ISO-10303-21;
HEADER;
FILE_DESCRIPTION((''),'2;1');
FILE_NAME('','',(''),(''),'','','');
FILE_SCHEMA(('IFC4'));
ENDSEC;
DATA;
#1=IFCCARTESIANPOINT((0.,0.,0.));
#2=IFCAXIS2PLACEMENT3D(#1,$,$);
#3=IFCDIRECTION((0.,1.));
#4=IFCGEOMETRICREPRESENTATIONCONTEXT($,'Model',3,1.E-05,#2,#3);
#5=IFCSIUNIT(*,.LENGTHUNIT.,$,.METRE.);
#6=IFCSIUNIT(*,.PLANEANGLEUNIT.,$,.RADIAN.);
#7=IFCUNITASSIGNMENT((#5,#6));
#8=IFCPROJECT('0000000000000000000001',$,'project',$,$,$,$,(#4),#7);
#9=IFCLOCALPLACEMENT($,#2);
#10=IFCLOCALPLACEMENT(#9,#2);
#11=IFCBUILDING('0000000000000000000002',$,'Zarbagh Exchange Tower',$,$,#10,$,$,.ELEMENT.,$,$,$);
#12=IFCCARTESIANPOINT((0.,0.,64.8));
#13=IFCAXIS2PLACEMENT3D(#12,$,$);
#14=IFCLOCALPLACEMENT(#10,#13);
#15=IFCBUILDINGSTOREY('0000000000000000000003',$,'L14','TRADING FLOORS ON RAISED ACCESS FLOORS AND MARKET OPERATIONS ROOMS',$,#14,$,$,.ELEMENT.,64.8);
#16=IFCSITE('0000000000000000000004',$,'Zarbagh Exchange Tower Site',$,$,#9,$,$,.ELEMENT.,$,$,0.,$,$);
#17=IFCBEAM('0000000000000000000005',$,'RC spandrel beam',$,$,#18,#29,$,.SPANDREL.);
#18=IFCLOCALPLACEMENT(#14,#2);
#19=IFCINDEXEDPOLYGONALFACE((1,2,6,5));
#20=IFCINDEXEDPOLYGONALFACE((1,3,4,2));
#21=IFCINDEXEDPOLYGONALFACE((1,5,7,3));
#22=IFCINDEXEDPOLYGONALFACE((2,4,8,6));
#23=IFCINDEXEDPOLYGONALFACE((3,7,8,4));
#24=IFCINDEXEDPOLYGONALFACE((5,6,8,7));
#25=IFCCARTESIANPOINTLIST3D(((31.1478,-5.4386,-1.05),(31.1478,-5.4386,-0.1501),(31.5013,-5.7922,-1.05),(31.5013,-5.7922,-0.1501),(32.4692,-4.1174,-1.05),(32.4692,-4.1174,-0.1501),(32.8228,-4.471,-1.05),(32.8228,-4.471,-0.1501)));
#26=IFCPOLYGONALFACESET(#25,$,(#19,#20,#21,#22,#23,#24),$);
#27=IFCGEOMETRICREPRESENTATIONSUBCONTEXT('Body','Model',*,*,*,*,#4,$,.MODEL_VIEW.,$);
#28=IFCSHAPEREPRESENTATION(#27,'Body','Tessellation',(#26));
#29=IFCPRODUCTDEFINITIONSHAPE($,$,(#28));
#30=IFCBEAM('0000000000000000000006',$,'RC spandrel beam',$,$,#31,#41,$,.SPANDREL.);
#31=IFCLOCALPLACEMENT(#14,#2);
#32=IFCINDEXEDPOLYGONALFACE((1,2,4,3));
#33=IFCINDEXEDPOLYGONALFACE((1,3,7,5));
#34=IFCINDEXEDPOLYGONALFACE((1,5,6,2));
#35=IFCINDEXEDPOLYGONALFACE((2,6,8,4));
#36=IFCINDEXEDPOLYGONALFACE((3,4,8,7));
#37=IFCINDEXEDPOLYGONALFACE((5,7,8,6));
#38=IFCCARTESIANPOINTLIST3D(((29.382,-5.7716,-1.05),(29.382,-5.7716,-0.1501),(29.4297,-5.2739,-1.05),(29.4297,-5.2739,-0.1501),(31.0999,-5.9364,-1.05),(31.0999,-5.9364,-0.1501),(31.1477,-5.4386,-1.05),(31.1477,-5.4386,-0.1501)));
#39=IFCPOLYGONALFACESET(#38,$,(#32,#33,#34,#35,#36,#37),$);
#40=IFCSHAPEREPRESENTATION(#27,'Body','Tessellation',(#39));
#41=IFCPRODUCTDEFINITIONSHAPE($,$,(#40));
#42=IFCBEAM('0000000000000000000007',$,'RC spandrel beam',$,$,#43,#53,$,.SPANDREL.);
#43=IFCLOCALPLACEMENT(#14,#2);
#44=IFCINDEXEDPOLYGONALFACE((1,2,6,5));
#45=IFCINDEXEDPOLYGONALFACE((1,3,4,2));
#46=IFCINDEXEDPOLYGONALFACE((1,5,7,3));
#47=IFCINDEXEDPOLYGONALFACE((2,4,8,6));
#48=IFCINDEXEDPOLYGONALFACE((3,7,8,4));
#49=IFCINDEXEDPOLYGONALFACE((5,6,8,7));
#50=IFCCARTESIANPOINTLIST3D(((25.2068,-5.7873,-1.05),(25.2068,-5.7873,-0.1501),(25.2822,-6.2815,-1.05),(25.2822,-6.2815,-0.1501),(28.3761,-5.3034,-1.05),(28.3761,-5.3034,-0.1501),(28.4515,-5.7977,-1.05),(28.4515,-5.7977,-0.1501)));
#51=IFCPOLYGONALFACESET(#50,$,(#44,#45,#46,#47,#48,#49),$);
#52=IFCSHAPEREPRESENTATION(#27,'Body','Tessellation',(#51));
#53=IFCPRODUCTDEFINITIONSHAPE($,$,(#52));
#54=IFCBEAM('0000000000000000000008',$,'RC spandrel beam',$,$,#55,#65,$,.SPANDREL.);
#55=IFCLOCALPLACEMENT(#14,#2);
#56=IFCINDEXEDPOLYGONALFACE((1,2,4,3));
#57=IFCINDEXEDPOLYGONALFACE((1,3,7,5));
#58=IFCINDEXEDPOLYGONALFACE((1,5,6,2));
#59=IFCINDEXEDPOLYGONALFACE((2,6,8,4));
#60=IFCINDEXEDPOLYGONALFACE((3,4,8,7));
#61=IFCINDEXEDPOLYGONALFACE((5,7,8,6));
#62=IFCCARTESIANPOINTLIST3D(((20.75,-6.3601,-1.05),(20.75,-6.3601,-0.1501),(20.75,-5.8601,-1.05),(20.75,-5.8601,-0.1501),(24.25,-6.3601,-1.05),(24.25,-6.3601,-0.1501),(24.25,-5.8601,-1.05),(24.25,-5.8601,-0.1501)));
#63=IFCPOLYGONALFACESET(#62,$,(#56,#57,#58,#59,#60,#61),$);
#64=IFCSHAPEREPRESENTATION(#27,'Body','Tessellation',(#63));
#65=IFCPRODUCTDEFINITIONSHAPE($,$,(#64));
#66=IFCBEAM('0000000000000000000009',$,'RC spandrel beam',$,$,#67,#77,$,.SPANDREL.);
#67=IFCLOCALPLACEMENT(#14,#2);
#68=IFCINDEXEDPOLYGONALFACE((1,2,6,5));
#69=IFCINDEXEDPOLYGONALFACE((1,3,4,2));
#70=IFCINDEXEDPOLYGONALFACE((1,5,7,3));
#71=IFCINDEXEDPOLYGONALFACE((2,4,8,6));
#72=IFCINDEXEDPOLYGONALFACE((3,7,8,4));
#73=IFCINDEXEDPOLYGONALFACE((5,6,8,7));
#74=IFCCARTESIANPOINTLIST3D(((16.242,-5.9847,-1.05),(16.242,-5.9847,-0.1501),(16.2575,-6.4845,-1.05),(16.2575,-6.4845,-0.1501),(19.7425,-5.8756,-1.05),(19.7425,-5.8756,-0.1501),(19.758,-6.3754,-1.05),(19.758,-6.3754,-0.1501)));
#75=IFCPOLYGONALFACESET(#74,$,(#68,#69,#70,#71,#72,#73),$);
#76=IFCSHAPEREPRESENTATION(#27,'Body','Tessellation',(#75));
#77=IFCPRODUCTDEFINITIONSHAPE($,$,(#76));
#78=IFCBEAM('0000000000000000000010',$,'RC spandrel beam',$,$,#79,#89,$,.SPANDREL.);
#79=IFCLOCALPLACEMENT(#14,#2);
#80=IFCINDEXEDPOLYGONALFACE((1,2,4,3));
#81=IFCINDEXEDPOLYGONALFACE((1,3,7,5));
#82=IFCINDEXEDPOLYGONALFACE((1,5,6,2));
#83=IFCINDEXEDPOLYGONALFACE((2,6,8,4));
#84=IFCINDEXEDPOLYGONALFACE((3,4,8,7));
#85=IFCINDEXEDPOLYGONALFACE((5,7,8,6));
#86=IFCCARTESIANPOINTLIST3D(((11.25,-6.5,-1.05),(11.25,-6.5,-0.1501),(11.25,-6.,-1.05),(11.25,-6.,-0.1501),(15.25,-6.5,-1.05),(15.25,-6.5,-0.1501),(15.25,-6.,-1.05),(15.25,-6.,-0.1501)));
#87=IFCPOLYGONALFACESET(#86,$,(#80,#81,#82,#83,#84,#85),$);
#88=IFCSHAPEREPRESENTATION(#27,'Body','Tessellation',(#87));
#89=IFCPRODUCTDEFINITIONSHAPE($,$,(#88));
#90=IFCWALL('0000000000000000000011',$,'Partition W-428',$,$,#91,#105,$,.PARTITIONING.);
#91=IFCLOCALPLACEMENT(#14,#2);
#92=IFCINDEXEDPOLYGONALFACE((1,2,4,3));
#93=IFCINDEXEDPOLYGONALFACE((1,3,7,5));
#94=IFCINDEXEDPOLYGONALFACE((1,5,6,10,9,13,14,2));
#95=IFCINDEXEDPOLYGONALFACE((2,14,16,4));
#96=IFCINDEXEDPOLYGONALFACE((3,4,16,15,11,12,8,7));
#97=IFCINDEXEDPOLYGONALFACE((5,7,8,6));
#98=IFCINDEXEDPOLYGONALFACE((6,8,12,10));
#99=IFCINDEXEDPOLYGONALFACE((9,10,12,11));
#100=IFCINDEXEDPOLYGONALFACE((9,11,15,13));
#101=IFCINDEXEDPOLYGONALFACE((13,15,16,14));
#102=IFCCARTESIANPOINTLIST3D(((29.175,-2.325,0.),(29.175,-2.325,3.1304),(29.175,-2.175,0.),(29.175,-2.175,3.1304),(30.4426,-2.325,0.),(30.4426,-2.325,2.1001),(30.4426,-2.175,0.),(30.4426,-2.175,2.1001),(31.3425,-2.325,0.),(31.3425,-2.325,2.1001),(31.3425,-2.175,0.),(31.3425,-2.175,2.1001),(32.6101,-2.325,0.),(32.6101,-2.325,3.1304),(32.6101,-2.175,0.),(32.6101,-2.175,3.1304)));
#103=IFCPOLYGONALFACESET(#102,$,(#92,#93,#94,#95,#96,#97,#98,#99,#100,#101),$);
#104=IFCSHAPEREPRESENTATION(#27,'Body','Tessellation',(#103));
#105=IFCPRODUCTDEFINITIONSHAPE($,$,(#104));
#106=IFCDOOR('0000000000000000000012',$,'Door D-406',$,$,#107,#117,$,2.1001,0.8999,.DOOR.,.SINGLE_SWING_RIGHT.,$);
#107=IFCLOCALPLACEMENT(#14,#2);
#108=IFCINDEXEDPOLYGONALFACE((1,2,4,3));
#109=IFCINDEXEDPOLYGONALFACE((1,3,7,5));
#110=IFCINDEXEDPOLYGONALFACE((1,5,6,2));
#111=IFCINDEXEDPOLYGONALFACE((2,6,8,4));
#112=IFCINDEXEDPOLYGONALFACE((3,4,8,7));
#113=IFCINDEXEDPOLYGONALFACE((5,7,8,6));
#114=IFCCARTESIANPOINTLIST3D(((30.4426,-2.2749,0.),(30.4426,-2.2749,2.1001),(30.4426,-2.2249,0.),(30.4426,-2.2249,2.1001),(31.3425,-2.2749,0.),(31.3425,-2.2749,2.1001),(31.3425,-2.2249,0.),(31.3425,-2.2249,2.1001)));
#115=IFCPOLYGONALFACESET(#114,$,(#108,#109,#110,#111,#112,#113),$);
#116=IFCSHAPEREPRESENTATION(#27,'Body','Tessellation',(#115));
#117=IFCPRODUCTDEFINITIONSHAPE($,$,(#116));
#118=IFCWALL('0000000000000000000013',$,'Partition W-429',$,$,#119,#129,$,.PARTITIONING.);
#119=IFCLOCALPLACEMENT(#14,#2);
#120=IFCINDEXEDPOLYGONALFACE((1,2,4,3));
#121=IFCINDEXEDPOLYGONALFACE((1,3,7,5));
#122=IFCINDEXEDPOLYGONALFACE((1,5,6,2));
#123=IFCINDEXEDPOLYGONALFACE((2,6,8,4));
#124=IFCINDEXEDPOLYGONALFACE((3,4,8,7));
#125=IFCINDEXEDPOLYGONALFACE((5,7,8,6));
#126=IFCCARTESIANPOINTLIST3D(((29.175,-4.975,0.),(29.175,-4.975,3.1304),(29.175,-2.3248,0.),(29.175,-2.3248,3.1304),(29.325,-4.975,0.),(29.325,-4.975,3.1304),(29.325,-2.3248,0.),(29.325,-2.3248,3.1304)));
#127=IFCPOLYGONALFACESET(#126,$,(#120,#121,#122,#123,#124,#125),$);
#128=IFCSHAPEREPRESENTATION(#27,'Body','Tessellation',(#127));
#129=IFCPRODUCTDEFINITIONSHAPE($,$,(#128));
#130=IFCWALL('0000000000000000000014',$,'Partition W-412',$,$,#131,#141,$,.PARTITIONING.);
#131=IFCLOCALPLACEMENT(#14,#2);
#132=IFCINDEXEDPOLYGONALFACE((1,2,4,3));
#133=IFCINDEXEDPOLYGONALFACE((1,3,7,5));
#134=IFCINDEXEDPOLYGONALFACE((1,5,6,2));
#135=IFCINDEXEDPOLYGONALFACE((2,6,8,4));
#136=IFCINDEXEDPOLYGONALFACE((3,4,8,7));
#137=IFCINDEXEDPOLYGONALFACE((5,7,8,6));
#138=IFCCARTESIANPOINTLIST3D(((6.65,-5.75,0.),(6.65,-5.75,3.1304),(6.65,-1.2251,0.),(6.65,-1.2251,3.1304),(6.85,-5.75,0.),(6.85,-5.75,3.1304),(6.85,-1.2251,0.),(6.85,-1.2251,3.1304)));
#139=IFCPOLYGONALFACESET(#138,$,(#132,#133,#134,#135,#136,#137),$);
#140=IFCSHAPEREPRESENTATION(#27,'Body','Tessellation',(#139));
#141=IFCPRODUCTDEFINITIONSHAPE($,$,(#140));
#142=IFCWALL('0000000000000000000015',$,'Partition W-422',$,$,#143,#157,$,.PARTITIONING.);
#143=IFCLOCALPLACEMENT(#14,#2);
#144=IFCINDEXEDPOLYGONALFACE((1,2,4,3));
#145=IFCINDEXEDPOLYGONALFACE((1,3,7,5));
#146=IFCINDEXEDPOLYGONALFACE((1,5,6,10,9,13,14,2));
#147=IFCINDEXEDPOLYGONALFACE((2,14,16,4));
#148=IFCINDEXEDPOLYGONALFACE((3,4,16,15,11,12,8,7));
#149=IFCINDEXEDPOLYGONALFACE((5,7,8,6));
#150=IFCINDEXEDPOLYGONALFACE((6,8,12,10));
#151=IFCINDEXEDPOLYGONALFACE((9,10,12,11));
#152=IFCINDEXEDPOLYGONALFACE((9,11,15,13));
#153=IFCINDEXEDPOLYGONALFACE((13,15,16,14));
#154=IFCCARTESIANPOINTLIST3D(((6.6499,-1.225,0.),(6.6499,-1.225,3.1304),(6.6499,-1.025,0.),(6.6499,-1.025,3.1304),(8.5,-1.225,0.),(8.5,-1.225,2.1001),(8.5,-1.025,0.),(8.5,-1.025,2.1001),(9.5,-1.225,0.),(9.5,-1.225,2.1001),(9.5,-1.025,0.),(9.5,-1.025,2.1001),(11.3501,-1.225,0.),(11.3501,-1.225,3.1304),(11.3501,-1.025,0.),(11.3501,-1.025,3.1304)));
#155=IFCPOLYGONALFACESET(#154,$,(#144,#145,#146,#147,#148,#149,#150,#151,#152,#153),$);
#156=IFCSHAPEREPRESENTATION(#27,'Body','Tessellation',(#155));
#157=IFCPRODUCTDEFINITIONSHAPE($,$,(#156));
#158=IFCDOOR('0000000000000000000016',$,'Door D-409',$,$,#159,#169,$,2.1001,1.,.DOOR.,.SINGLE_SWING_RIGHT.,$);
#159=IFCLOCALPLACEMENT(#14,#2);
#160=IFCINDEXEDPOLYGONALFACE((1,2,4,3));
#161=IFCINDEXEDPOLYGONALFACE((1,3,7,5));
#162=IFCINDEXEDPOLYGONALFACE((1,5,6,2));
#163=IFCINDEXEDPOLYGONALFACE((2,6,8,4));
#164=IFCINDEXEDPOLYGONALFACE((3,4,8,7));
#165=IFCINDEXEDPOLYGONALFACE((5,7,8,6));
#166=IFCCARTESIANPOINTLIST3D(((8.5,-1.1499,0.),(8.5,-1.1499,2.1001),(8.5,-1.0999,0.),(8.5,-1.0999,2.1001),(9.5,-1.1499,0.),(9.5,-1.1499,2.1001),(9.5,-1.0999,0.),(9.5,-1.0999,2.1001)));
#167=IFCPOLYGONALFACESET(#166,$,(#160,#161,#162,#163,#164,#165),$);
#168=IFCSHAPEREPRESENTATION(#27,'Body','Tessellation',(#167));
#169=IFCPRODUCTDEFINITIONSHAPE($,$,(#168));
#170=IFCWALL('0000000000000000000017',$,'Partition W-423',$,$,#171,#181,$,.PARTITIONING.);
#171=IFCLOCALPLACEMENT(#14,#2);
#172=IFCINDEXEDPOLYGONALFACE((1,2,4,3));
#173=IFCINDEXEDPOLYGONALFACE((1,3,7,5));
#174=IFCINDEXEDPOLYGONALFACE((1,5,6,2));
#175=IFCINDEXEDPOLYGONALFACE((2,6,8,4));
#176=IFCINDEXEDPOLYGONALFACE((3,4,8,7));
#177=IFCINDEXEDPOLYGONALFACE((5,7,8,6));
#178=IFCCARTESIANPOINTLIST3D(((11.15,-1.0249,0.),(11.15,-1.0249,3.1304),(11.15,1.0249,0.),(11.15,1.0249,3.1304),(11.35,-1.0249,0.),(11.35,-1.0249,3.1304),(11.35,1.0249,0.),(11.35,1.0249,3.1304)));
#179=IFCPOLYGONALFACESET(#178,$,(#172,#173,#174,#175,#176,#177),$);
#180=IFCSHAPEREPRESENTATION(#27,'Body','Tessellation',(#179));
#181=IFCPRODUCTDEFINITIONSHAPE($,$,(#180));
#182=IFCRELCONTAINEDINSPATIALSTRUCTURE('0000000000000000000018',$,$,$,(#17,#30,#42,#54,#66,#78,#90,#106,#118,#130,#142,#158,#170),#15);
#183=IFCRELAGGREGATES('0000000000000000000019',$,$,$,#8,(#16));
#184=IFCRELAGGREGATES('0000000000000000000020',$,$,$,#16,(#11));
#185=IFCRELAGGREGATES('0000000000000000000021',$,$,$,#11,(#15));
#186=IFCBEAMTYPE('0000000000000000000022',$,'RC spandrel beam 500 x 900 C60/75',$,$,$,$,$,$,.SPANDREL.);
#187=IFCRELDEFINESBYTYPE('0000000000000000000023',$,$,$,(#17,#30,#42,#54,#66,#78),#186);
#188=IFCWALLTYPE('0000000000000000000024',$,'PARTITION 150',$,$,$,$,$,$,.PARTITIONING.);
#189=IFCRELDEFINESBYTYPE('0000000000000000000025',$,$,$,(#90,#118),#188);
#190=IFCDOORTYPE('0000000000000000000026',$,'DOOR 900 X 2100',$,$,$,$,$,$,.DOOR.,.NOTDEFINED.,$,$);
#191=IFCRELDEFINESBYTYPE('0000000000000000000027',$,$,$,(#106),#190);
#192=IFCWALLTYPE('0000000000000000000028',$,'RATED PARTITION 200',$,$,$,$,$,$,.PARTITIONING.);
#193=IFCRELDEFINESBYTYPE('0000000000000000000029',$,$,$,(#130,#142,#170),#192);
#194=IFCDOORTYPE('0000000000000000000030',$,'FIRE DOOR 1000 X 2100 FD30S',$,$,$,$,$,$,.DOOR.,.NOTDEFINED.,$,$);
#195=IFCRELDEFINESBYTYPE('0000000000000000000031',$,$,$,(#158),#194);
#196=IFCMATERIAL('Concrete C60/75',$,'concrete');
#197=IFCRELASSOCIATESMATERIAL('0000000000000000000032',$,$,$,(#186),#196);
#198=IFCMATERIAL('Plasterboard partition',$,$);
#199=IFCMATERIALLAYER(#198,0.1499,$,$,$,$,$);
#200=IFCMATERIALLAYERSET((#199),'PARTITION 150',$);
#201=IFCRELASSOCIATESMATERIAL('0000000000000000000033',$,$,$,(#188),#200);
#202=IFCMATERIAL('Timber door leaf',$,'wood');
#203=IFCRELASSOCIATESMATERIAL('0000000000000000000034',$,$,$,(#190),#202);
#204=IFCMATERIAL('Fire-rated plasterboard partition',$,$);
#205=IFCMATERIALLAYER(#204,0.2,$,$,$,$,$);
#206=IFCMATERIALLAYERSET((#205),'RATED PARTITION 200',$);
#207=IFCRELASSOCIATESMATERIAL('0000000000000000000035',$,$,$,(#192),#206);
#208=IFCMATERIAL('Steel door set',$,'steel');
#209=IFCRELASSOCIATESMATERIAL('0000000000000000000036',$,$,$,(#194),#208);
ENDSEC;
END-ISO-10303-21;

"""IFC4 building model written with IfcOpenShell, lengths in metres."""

from ifc_helpers import new_model, si_unit, direction, frame, frame_2d, origin, origin_2d, place, context, subcontext, project, spatial, rectangle, extrude, material, layer, layer_set, material_profile, profile_set, type_object, element, fill, save


model = new_model("IFC4")

# Units and contexts
model_context = context("Model", 3, precision=1e-05, world=origin(), true_north=direction((0.0, 1.0)))
body_context = subcontext(model_context, "Body", "Model", "MODEL_VIEW")
ifc_project = project(units=[si_unit("LENGTHUNIT", "METRE"), si_unit("PLANEANGLEUNIT", "RADIAN")], contexts=[model_context])

# Site, building, storey
site_placement = place(None, origin())
site = spatial("IfcSite", under=ifc_project, at=site_placement, Name="Zarbagh Exchange Tower Site", CompositionType="ELEMENT", RefElevation=0.0)
building_placement = place(site_placement, origin())
building = spatial("IfcBuilding", under=site, at=building_placement, Name="Zarbagh Exchange Tower", CompositionType="ELEMENT")
storey_placement = place(building_placement, frame((0.0, 0.0, 64.8)))
storey = spatial("IfcBuildingStorey", under=building, at=storey_placement, Name="L14", Description="TRADING FLOORS ON RAISED ACCESS FLOORS AND MARKET OPERATIONS ROOMS", CompositionType="ELEMENT", Elevation=64.8)

# Shared definitions
ifc_material_1 = material(Name="Concrete C60/75", Category="concrete")

# Beams
ifc_material_profile_1 = material_profile(ifc_material_1, rectangle(XDim=0.5, YDim=0.8999, at=origin_2d()), Name="RC spandrel beam 500 x 900 C60/75")
ifc_profile_set_1 = profile_set([ifc_material_profile_1], Name="Concrete C60/75")
beam_type_1 = type_object("IfcBeamType", Name="RC spandrel beam 500 x 900 C60/75", PredefinedType="SPANDREL", material=ifc_profile_set_1)
beam_1_placement = place(storey_placement, frame((32.646, -4.2942, -0.6001), z_axis=(-0.707172, -0.707041, 0.0), x_axis=(0.707041, -0.707172, 0.0)))
element("IfcBeam", 1, at=beam_1_placement, inside=storey, type_object=beam_type_1, Name="RC spandrel beam", PredefinedType="SPANDREL", context=body_context, shape_type="SweptSolid", body=[
    extrude(rectangle(XDim=0.5, YDim=0.8999, at=origin_2d()), origin(), (0.0, 0.0, 1.0), 1.8687),
])
beam_2_placement = place(storey_placement, frame((31.1238, -5.6875, -0.6001), z_axis=(-0.995431, 0.095483, 0.0), x_axis=(-0.095483, -0.995431, 0.0)))
element("IfcBeam", 2, at=beam_2_placement, inside=storey, type_object=beam_type_1, Name="RC spandrel beam", PredefinedType="SPANDREL", context=body_context, shape_type="SweptSolid", body=[
    extrude(rectangle(XDim=0.5, YDim=0.8999, at=origin_2d()), origin(), (0.0, 0.0, 1.0), 1.7258),
])
beam_3_placement = place(storey_placement, frame((28.4138, -5.5505, -0.6001), z_axis=(-0.988545, -0.150924, 0.0), x_axis=(0.150924, -0.988545, 0.0)))
element("IfcBeam", 3, at=beam_3_placement, inside=storey, type_object=beam_type_1, Name="RC spandrel beam", PredefinedType="SPANDREL", context=body_context, shape_type="SweptSolid", body=[
    extrude(rectangle(XDim=0.5, YDim=0.8999, at=origin_2d()), origin(), (0.0, 0.0, 1.0), 3.2061),
])
beam_4_placement = place(storey_placement, frame((24.25, -6.1101, -0.6001), z_axis=(-1.0, 0.0, 0.0), x_axis=(0.0, -1.0, 0.0)))
element("IfcBeam", 4, at=beam_4_placement, inside=storey, type_object=beam_type_1, Name="RC spandrel beam", PredefinedType="SPANDREL", context=body_context, shape_type="SweptSolid", body=[
    extrude(rectangle(XDim=0.5, YDim=0.8999, at=origin_2d()), origin(), (0.0, 0.0, 1.0), 3.5),
])
beam_5_placement = place(storey_placement, frame((19.7502, -6.1255, -0.6001), z_axis=(-0.999514, -0.031161, 0.0), x_axis=(0.031161, -0.999514, 0.0)))
element("IfcBeam", 5, at=beam_5_placement, inside=storey, type_object=beam_type_1, Name="RC spandrel beam", PredefinedType="SPANDREL", context=body_context, shape_type="SweptSolid", body=[
    extrude(rectangle(XDim=0.5, YDim=0.8999, at=origin_2d()), origin(), (0.0, 0.0, 1.0), 3.5022),
])
beam_6_placement = place(storey_placement, frame((15.25, -6.25, -0.6001), z_axis=(-1.0, 0.0, 0.0), x_axis=(0.0, -1.0, 0.0)))
element("IfcBeam", 6, at=beam_6_placement, inside=storey, type_object=beam_type_1, Name="RC spandrel beam", PredefinedType="SPANDREL", context=body_context, shape_type="SweptSolid", body=[
    extrude(rectangle(XDim=0.5, YDim=0.8999, at=origin_2d()), origin(), (0.0, 0.0, 1.0), 4.0),
])

# Wall, opening, door
ifc_material_2 = material(Name="Plasterboard partition")
ifc_layer_1 = layer(ifc_material_2, 0.1499)
ifc_layer_set_1 = layer_set([ifc_layer_1], Name="PARTITION 150")
wall_type_1 = type_object("IfcWallType", Name="PARTITION 150", PredefinedType="PARTITIONING", material=ifc_layer_set_1)
wall_1_placement = place(storey_placement, frame((32.6101, -2.25, 0.0), z_axis=(0.0, 0.0, 1.0), x_axis=(-1.0, 0.0, 0.0)))
wall_1 = element("IfcWall", 7, at=wall_1_placement, inside=storey, type_object=wall_type_1, Name="Partition W-428", PredefinedType="PARTITIONING", context=body_context, shape_type="SweptSolid", body=[
    extrude(rectangle(XDim=3.4351, YDim=0.1499, at=frame_2d((1.7175, 0.0))), origin(), (0.0, 0.0, 1.0), 3.1304),
])
opening_1_placement = place(wall_1_placement, frame((1.2676, 0.0, 0.0)))
opening_1 = element("IfcOpeningElement", 8, at=opening_1_placement, cuts=wall_1, PredefinedType="OPENING", context=body_context, shape_type="SweptSolid", body=[
    extrude(rectangle(XDim=0.8999, YDim=2.1001, at=frame_2d((0.45, 1.05))), frame((0.0, 0.085, 0.0), z_axis=(0.0, -1.0, 0.0), x_axis=(1.0, 0.0, 0.0)), (0.0, 0.0, 1.0), 0.1699),
])
ifc_material_3 = material(Name="Timber door leaf", Category="wood")
door_type_1 = type_object("IfcDoorType", Name="DOOR 900 X 2100", OperationType="NOTDEFINED", PredefinedType="DOOR", material=ifc_material_3)
door_1_placement = place(opening_1_placement, origin())
door_1 = element("IfcDoor", 9, at=door_1_placement, inside=storey, type_object=door_type_1, Name="Door D-406", OperationType="SINGLE_SWING_RIGHT", OverallHeight=2.1001, OverallWidth=0.8999, PredefinedType="DOOR", context=body_context, shape_type="SweptSolid", body=[
    extrude(rectangle(XDim=0.8999, YDim=2.1001, at=frame_2d((0.45, 1.05))), frame((0.0, 0.0249, 0.0), z_axis=(0.0, -1.0, 0.0), x_axis=(1.0, 0.0, 0.0)), (0.0, 0.0, 1.0), 0.05),
])
fill(opening_1, door_1)

# Walls
wall_2_placement = place(storey_placement, frame((29.25, -4.9751, 0.0), z_axis=(0.0, 0.0, 1.0), x_axis=(0.0, 1.0, 0.0)))
element("IfcWall", 10, at=wall_2_placement, inside=storey, type_object=wall_type_1, Name="Partition W-429", PredefinedType="PARTITIONING", context=body_context, shape_type="SweptSolid", body=[
    extrude(rectangle(XDim=2.6501, YDim=0.1499, at=frame_2d((1.3252, 0.0))), origin(), (0.0, 0.0, 1.0), 3.1304),
])
ifc_material_4 = material(Name="Fire-rated plasterboard partition")
ifc_layer_2 = layer(ifc_material_4, 0.2)
ifc_layer_set_2 = layer_set([ifc_layer_2], Name="RATED PARTITION 200")
wall_type_2 = type_object("IfcWallType", Name="RATED PARTITION 200", PredefinedType="PARTITIONING", material=ifc_layer_set_2)
wall_3_placement = place(storey_placement, frame((6.75, -5.75, 0.0), z_axis=(0.0, 0.0, 1.0), x_axis=(0.0, 1.0, 0.0)))
element("IfcWall", 11, at=wall_3_placement, inside=storey, type_object=wall_type_2, Name="Partition W-412", PredefinedType="PARTITIONING", context=body_context, shape_type="SweptSolid", body=[
    extrude(rectangle(XDim=4.5249, YDim=0.2, at=frame_2d((2.2625, 0.0))), origin(), (0.0, 0.0, 1.0), 3.1304),
])

# Wall, opening, door
wall_4_placement = place(storey_placement, frame((11.3501, -1.125, 0.0), z_axis=(0.0, 0.0, 1.0), x_axis=(-1.0, 0.0, 0.0)))
wall_4 = element("IfcWall", 12, at=wall_4_placement, inside=storey, type_object=wall_type_2, Name="Partition W-422", PredefinedType="PARTITIONING", context=body_context, shape_type="SweptSolid", body=[
    extrude(rectangle(XDim=4.7002, YDim=0.2, at=frame_2d((2.3501, 0.0))), origin(), (0.0, 0.0, 1.0), 3.1304),
])
opening_2_placement = place(wall_4_placement, frame((1.8501, 0.0, 0.0)))
opening_2 = element("IfcOpeningElement", 13, at=opening_2_placement, cuts=wall_4, PredefinedType="OPENING", context=body_context, shape_type="SweptSolid", body=[
    extrude(rectangle(XDim=1.0, YDim=2.1001, at=frame_2d((0.5, 1.05))), frame((0.0, 0.1099, 0.0), z_axis=(0.0, -1.0, 0.0), x_axis=(1.0, 0.0, 0.0)), (0.0, 0.0, 1.0), 0.22),
])
ifc_material_5 = material(Name="Steel door set", Category="steel")
door_type_2 = type_object("IfcDoorType", Name="FIRE DOOR 1000 X 2100 FD30S", OperationType="NOTDEFINED", PredefinedType="DOOR", material=ifc_material_5)
door_2_placement = place(opening_2_placement, origin())
door_2 = element("IfcDoor", 14, at=door_2_placement, inside=storey, type_object=door_type_2, Name="Door D-409", OperationType="SINGLE_SWING_RIGHT", OverallHeight=2.1001, OverallWidth=1.0, PredefinedType="DOOR", context=body_context, shape_type="SweptSolid", body=[
    extrude(rectangle(XDim=1.0, YDim=2.1001, at=frame_2d((0.5, 1.05))), frame((0.0, 0.0249, 0.0), z_axis=(0.0, -1.0, 0.0), x_axis=(1.0, 0.0, 0.0)), (0.0, 0.0, 1.0), 0.05),
])
fill(opening_2, door_2)

# Wall
wall_5_placement = place(storey_placement, frame((11.25, -1.0249, 0.0), z_axis=(0.0, 0.0, 1.0), x_axis=(0.0, 1.0, 0.0)))
element("IfcWall", 15, at=wall_5_placement, inside=storey, type_object=wall_type_2, Name="Partition W-423", PredefinedType="PARTITIONING", context=body_context, shape_type="SweptSolid", body=[
    extrude(rectangle(XDim=2.0498, YDim=0.2, at=frame_2d((1.0249, 0.0))), origin(), (0.0, 0.0, 1.0), 3.1304),
])

save(model, "model.ifc")
